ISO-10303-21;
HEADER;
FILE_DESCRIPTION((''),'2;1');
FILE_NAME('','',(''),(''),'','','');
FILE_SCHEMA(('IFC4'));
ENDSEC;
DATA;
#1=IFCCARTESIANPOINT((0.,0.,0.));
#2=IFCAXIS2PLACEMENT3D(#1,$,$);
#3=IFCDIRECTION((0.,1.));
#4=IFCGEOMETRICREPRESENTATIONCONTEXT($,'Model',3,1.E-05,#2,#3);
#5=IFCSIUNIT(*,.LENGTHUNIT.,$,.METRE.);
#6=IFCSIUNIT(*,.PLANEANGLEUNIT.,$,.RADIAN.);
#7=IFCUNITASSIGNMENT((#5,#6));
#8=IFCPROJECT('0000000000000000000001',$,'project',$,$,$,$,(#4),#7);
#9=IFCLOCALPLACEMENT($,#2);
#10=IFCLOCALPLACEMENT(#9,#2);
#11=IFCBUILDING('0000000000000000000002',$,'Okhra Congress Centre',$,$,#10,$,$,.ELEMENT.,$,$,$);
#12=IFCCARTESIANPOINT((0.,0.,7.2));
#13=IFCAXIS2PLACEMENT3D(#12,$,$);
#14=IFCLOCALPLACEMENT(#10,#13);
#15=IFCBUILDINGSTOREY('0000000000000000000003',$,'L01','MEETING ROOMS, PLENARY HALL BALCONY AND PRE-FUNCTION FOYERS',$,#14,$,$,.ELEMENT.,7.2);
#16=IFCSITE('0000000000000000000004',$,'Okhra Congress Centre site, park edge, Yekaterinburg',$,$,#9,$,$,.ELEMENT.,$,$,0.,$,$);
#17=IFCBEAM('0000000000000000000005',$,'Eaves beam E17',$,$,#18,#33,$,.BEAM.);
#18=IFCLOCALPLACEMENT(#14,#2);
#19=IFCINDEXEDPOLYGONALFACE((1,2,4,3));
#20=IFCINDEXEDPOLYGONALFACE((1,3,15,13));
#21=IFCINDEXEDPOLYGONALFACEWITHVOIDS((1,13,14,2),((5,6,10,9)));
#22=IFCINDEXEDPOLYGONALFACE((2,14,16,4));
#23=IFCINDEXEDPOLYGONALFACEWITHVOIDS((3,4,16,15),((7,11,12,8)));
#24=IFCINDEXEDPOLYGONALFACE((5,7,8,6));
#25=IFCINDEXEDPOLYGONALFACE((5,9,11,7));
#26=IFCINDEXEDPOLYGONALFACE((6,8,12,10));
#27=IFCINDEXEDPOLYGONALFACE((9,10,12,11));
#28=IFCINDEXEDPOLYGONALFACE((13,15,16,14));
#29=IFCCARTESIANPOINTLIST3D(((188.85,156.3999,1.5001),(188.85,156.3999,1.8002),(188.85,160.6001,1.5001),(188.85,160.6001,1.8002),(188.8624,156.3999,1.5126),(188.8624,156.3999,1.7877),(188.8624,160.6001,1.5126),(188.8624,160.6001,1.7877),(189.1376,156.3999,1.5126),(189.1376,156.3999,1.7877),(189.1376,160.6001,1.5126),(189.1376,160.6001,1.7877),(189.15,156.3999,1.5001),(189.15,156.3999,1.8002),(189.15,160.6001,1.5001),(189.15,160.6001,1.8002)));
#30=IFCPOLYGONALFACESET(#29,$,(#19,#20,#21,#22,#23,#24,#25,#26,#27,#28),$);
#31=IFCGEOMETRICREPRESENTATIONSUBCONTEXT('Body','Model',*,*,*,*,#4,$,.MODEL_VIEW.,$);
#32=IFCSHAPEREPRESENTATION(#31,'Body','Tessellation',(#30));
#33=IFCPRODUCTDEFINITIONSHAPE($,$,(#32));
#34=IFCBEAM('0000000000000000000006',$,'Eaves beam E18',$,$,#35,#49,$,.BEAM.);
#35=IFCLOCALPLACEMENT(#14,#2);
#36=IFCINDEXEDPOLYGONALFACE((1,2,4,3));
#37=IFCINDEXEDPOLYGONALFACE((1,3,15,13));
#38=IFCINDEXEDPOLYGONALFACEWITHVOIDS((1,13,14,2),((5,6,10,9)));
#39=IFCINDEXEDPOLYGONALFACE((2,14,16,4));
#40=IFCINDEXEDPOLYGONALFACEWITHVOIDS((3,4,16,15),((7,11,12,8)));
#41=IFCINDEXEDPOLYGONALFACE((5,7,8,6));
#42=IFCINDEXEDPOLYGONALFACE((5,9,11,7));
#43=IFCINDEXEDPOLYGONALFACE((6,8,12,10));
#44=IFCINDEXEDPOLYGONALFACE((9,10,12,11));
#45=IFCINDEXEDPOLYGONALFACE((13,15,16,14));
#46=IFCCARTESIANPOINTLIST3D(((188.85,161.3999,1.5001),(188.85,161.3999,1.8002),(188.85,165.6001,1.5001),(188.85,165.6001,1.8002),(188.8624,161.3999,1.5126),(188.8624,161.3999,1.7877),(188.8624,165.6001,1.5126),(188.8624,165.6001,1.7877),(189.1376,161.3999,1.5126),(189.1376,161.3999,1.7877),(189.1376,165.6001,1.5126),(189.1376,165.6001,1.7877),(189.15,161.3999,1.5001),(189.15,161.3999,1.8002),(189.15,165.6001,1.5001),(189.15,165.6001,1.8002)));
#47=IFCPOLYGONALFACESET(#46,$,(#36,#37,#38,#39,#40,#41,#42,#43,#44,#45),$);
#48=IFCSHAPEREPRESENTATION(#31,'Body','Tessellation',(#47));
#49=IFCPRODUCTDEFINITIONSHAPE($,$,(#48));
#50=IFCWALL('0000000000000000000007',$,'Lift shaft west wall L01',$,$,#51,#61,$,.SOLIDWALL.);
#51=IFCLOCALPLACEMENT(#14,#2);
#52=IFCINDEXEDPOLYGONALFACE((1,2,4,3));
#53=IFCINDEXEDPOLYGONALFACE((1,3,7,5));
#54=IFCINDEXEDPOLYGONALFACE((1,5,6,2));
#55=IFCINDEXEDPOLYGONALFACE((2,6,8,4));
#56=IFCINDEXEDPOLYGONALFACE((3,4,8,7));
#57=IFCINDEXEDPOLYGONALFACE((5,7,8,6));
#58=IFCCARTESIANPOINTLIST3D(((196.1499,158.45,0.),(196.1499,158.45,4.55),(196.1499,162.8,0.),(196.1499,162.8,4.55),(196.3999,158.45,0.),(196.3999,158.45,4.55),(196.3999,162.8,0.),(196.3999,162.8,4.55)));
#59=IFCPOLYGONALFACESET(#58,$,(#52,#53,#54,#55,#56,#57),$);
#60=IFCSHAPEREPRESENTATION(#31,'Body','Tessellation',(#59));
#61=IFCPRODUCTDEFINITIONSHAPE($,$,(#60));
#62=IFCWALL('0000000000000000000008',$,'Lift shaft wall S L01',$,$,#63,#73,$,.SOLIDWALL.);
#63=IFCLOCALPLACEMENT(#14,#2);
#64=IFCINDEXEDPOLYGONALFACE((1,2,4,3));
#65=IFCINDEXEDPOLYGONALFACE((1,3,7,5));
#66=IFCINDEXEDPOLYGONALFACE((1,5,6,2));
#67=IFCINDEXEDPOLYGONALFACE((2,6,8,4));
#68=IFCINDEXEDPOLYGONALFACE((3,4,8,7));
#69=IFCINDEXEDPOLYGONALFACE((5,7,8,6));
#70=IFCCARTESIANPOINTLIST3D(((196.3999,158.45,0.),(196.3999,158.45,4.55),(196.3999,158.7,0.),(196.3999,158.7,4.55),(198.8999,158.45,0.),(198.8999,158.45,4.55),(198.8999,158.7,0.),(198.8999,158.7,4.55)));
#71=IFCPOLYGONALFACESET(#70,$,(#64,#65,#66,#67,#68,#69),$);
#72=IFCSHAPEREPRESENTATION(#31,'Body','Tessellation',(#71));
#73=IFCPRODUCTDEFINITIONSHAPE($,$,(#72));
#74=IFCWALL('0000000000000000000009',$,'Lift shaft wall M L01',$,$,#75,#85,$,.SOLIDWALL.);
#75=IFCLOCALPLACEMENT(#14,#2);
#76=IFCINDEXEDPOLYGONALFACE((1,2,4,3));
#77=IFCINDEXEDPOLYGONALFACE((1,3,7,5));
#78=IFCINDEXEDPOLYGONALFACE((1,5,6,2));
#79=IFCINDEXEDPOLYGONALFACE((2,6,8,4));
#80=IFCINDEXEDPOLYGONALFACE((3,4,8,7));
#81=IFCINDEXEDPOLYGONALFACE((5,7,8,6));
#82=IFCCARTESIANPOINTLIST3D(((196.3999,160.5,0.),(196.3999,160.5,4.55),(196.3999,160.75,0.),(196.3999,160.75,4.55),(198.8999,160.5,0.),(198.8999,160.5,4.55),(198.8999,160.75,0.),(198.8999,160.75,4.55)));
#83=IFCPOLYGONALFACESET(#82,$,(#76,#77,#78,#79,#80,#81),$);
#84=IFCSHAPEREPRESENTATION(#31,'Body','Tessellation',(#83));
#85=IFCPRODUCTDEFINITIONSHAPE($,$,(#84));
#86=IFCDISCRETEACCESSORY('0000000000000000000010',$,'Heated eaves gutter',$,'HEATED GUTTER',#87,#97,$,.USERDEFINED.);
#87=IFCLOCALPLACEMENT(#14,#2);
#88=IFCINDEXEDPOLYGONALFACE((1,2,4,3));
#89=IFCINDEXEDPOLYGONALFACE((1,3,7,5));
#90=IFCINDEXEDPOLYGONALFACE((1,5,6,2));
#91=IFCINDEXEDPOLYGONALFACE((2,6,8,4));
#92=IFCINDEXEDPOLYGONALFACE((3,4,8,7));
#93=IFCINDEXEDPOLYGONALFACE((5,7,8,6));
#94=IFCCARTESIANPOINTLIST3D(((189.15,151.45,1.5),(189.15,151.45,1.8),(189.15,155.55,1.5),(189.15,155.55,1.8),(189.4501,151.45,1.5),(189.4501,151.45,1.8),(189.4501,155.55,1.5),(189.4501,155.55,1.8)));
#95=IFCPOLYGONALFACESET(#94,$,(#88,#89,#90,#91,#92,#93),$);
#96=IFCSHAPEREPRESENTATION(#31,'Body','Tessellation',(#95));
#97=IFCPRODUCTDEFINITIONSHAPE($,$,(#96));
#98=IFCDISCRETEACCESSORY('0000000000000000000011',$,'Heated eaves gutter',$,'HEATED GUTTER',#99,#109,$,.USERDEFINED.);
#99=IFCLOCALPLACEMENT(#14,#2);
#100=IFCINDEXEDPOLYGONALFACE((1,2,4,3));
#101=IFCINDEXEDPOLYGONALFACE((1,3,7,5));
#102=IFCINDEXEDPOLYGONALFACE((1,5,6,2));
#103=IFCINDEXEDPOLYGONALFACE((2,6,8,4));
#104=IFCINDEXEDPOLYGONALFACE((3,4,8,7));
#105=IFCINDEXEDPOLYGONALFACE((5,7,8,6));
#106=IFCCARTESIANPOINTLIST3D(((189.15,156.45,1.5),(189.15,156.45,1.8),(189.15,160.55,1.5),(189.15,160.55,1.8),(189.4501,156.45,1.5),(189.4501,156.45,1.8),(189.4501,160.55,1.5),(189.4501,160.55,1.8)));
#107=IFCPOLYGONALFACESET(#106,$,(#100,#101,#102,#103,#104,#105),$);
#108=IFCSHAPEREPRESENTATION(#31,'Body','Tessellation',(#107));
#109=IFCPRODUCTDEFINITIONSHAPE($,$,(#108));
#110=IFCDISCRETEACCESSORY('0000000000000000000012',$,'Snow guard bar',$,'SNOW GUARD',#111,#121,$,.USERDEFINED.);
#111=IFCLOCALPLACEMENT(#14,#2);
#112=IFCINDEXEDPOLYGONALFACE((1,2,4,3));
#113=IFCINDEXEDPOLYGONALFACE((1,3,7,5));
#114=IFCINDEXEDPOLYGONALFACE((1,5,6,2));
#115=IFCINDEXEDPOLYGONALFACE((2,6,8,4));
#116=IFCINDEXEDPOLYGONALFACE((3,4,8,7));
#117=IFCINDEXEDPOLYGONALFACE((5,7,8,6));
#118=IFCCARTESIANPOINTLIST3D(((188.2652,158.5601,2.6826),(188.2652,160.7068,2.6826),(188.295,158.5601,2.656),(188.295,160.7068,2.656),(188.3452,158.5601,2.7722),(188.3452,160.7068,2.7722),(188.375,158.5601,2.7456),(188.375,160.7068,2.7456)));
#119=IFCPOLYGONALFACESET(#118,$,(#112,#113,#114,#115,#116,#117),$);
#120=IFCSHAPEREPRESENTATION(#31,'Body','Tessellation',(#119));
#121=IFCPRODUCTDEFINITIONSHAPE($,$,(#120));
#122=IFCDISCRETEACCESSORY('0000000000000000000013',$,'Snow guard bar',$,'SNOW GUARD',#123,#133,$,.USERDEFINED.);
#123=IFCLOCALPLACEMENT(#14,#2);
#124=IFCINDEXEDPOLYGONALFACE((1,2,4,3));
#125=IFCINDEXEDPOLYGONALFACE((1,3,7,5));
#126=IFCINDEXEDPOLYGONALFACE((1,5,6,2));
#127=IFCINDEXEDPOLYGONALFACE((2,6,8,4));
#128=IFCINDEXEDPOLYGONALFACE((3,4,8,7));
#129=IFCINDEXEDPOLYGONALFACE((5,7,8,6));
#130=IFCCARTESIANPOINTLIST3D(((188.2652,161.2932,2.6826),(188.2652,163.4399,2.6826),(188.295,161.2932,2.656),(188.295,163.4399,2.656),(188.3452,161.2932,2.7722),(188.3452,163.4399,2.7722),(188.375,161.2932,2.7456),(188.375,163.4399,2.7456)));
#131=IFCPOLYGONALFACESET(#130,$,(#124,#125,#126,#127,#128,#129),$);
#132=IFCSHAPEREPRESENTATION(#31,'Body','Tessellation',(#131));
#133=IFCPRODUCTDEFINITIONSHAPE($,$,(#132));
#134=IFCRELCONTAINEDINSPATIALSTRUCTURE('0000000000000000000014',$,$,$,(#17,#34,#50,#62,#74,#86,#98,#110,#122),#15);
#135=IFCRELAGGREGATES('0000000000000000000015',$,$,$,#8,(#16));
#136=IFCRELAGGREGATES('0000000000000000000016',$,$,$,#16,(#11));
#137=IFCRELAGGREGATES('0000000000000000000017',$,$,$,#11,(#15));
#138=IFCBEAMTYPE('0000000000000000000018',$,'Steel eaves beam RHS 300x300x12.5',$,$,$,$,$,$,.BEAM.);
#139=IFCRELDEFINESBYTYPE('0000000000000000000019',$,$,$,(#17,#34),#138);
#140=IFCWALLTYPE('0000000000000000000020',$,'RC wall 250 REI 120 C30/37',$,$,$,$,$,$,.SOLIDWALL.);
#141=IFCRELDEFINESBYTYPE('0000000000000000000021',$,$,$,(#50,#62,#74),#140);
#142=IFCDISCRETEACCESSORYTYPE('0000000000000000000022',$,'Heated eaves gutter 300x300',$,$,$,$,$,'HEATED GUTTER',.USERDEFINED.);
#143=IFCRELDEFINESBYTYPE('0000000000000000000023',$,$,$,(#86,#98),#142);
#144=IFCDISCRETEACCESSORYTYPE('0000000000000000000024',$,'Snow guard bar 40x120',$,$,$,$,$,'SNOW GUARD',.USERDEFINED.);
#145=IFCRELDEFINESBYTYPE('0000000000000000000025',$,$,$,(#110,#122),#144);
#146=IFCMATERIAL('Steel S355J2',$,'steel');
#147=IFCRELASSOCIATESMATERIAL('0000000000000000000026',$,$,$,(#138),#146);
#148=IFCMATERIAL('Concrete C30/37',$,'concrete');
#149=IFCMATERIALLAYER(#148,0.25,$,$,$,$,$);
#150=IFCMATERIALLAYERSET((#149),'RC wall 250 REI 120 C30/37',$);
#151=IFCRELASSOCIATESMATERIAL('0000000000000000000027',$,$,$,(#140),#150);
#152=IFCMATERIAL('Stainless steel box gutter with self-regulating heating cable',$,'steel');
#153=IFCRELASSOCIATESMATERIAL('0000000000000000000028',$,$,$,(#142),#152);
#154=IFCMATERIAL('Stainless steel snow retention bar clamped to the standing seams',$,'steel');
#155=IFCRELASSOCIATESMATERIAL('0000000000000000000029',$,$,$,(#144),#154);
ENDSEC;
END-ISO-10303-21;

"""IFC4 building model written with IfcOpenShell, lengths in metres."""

from ifc_helpers import new_model, si_unit, direction, frame, frame_2d, origin, origin_2d, place, context, subcontext, project, spatial, polyline, rectangle, hollow_rectangle, outline, extrude, material, layer, layer_set, material_profile, profile_set, type_object, element, save


model = new_model("IFC4")

# Units and contexts
model_context = context("Model", 3, precision=1e-05, world=origin(), true_north=direction((0.0, 1.0)))
body_context = subcontext(model_context, "Body", "Model", "MODEL_VIEW")
ifc_project = project(units=[si_unit("LENGTHUNIT", "METRE"), si_unit("PLANEANGLEUNIT", "RADIAN")], contexts=[model_context])

# Site, building, storey
site_placement = place(None, origin())
site = spatial("IfcSite", under=ifc_project, at=site_placement, Name="Okhra Congress Centre site, park edge, Yekaterinburg", CompositionType="ELEMENT", RefElevation=0.0)
building_placement = place(site_placement, origin())
building = spatial("IfcBuilding", under=site, at=building_placement, Name="Okhra Congress Centre", CompositionType="ELEMENT")
storey_placement = place(building_placement, frame((0.0, 0.0, 7.2)))
storey = spatial("IfcBuildingStorey", under=building, at=storey_placement, Name="L01", Description="MEETING ROOMS, PLENARY HALL BALCONY AND PRE-FUNCTION FOYERS", CompositionType="ELEMENT", Elevation=7.2)

# Shared definitions
ifc_material_1 = material(Name="Steel S355J2", Category="steel")

# Beams
ifc_material_profile_1 = material_profile(ifc_material_1, hollow_rectangle(XDim=0.3, YDim=0.3, WallThickness=0.0125, at=origin_2d()), Name="RHS 300x300x12.5")
ifc_profile_set_1 = profile_set([ifc_material_profile_1], Name="Steel S355J2")
beam_type = type_object("IfcBeamType", Name="Steel eaves beam RHS 300x300x12.5", PredefinedType="BEAM", material=ifc_profile_set_1)
for number, where, z_axis, x_axis, name in (
    (1, (189.0, 156.3999, 1.6501), (0.0, 1.0, 0.0), (-1.0, 0.0, 0.0), "Eaves beam E17"),
    (2, (189.0, 161.3999, 1.6501), (0.0, 1.0, 0.0), (-1.0, 0.0, 0.0), "Eaves beam E18"),
):
    element("IfcBeam", number, at=place(storey_placement, frame(where, z_axis=z_axis, x_axis=x_axis)), inside=storey, type_object=beam_type, Name=name, PredefinedType="BEAM", context=body_context, shape_type="SweptSolid", body=[
        extrude(hollow_rectangle(XDim=0.3, YDim=0.3, WallThickness=0.0125, at=origin_2d()), origin(), (0.0, 0.0, 1.0), 4.2002),
    ])

# Walls
ifc_material_2 = material(Name="Concrete C30/37", Category="concrete")
ifc_layer = layer(ifc_material_2, 0.25)
ifc_layer_set = layer_set([ifc_layer], Name="RC wall 250 REI 120 C30/37")
wall_type = type_object("IfcWallType", Name="RC wall 250 REI 120 C30/37", PredefinedType="SOLIDWALL", material=ifc_layer_set)
wall_placement = place(storey_placement, frame((196.2749, 158.45, 0.0), z_axis=(0.0, 0.0, 1.0), x_axis=(0.0, 1.0, 0.0)))
element("IfcWall", 3, at=wall_placement, inside=storey, type_object=wall_type, Name="Lift shaft west wall L01", PredefinedType="SOLIDWALL", context=body_context, shape_type="SweptSolid", body=[
    extrude(rectangle(XDim=4.3501, YDim=0.25, at=frame_2d((2.175, 0.0))), origin(), (0.0, 0.0, 1.0), 4.55),
])
for number, where, z_axis, x_axis, name in (
    (4, (196.3999, 158.575, 0.0), (0.0, 0.0, 1.0), (1.0, 0.0, 0.0), "Lift shaft wall S L01"),
    (5, (196.3999, 160.625, 0.0), (0.0, 0.0, 1.0), (1.0, 0.0, 0.0), "Lift shaft wall M L01"),
):
    element("IfcWall", number, at=place(storey_placement, frame(where, z_axis=z_axis, x_axis=x_axis)), inside=storey, type_object=wall_type, Name=name, PredefinedType="SOLIDWALL", context=body_context, shape_type="SweptSolid", body=[
        extrude(rectangle(XDim=2.5, YDim=0.25, at=frame_2d((1.25, 0.0))), origin(), (0.0, 0.0, 1.0), 4.55),
    ])

# Discrete accessories
ifc_material_3 = material(Name="Stainless steel box gutter with self-regulating heating cable", Category="steel")
discrete_accessory_type_1 = type_object("IfcDiscreteAccessoryType", Name="Heated eaves gutter 300x300", ElementType="HEATED GUTTER", PredefinedType="USERDEFINED", material=ifc_material_3)
for number, where, z_axis, x_axis, name in (
    (6, (189.3, 153.5, 1.5), (0.0, 0.0, 1.0), (1.0, 0.0, 0.0), "Heated eaves gutter"),
    (7, (189.3, 158.5, 1.5), (0.0, 0.0, 1.0), (1.0, 0.0, 0.0), "Heated eaves gutter"),
):
    element("IfcDiscreteAccessory", number, at=place(storey_placement, frame(where, z_axis=z_axis, x_axis=x_axis)), inside=storey, type_object=discrete_accessory_type_1, Name=name, ObjectType="HEATED GUTTER", PredefinedType="USERDEFINED", context=body_context, shape_type="SweptSolid", body=[
        extrude(rectangle(XDim=0.3, YDim=4.1001, at=origin_2d()), origin(), (0.0, 0.0, 1.0), 0.3),
    ])
ifc_material_4 = material(Name="Stainless steel snow retention bar clamped to the standing seams", Category="steel")
discrete_accessory_type_2 = type_object("IfcDiscreteAccessoryType", Name="Snow guard bar 40x120", ElementType="SNOW GUARD", PredefinedType="USERDEFINED", material=ifc_material_4)
for number, where, z_axis, x_axis, name in (
    (8, (188.3452, 158.5601, 2.7722), (0.666259, 0.0, 0.745721), (0.745721, 0.0, -0.666259), "Snow guard bar"),
    (9, (188.3452, 161.2932, 2.7722), (0.666259, 0.0, 0.745721), (0.745721, 0.0, -0.666259), "Snow guard bar"),
):
    element("IfcDiscreteAccessory", number, at=place(storey_placement, frame(where, z_axis=z_axis, x_axis=x_axis)), inside=storey, type_object=discrete_accessory_type_2, Name=name, ObjectType="SNOW GUARD", PredefinedType="USERDEFINED", context=body_context, shape_type="SweptSolid", body=[
        extrude(outline(polyline([(0.0, 0.0), (0.0399, 0.0), (0.0399, 2.1467), (0.0, 2.1467), (0.0, 0.0)])), origin(), (0.0, 0.0, -1.0), 0.1201),
    ])

save(model, "model.ifc")
